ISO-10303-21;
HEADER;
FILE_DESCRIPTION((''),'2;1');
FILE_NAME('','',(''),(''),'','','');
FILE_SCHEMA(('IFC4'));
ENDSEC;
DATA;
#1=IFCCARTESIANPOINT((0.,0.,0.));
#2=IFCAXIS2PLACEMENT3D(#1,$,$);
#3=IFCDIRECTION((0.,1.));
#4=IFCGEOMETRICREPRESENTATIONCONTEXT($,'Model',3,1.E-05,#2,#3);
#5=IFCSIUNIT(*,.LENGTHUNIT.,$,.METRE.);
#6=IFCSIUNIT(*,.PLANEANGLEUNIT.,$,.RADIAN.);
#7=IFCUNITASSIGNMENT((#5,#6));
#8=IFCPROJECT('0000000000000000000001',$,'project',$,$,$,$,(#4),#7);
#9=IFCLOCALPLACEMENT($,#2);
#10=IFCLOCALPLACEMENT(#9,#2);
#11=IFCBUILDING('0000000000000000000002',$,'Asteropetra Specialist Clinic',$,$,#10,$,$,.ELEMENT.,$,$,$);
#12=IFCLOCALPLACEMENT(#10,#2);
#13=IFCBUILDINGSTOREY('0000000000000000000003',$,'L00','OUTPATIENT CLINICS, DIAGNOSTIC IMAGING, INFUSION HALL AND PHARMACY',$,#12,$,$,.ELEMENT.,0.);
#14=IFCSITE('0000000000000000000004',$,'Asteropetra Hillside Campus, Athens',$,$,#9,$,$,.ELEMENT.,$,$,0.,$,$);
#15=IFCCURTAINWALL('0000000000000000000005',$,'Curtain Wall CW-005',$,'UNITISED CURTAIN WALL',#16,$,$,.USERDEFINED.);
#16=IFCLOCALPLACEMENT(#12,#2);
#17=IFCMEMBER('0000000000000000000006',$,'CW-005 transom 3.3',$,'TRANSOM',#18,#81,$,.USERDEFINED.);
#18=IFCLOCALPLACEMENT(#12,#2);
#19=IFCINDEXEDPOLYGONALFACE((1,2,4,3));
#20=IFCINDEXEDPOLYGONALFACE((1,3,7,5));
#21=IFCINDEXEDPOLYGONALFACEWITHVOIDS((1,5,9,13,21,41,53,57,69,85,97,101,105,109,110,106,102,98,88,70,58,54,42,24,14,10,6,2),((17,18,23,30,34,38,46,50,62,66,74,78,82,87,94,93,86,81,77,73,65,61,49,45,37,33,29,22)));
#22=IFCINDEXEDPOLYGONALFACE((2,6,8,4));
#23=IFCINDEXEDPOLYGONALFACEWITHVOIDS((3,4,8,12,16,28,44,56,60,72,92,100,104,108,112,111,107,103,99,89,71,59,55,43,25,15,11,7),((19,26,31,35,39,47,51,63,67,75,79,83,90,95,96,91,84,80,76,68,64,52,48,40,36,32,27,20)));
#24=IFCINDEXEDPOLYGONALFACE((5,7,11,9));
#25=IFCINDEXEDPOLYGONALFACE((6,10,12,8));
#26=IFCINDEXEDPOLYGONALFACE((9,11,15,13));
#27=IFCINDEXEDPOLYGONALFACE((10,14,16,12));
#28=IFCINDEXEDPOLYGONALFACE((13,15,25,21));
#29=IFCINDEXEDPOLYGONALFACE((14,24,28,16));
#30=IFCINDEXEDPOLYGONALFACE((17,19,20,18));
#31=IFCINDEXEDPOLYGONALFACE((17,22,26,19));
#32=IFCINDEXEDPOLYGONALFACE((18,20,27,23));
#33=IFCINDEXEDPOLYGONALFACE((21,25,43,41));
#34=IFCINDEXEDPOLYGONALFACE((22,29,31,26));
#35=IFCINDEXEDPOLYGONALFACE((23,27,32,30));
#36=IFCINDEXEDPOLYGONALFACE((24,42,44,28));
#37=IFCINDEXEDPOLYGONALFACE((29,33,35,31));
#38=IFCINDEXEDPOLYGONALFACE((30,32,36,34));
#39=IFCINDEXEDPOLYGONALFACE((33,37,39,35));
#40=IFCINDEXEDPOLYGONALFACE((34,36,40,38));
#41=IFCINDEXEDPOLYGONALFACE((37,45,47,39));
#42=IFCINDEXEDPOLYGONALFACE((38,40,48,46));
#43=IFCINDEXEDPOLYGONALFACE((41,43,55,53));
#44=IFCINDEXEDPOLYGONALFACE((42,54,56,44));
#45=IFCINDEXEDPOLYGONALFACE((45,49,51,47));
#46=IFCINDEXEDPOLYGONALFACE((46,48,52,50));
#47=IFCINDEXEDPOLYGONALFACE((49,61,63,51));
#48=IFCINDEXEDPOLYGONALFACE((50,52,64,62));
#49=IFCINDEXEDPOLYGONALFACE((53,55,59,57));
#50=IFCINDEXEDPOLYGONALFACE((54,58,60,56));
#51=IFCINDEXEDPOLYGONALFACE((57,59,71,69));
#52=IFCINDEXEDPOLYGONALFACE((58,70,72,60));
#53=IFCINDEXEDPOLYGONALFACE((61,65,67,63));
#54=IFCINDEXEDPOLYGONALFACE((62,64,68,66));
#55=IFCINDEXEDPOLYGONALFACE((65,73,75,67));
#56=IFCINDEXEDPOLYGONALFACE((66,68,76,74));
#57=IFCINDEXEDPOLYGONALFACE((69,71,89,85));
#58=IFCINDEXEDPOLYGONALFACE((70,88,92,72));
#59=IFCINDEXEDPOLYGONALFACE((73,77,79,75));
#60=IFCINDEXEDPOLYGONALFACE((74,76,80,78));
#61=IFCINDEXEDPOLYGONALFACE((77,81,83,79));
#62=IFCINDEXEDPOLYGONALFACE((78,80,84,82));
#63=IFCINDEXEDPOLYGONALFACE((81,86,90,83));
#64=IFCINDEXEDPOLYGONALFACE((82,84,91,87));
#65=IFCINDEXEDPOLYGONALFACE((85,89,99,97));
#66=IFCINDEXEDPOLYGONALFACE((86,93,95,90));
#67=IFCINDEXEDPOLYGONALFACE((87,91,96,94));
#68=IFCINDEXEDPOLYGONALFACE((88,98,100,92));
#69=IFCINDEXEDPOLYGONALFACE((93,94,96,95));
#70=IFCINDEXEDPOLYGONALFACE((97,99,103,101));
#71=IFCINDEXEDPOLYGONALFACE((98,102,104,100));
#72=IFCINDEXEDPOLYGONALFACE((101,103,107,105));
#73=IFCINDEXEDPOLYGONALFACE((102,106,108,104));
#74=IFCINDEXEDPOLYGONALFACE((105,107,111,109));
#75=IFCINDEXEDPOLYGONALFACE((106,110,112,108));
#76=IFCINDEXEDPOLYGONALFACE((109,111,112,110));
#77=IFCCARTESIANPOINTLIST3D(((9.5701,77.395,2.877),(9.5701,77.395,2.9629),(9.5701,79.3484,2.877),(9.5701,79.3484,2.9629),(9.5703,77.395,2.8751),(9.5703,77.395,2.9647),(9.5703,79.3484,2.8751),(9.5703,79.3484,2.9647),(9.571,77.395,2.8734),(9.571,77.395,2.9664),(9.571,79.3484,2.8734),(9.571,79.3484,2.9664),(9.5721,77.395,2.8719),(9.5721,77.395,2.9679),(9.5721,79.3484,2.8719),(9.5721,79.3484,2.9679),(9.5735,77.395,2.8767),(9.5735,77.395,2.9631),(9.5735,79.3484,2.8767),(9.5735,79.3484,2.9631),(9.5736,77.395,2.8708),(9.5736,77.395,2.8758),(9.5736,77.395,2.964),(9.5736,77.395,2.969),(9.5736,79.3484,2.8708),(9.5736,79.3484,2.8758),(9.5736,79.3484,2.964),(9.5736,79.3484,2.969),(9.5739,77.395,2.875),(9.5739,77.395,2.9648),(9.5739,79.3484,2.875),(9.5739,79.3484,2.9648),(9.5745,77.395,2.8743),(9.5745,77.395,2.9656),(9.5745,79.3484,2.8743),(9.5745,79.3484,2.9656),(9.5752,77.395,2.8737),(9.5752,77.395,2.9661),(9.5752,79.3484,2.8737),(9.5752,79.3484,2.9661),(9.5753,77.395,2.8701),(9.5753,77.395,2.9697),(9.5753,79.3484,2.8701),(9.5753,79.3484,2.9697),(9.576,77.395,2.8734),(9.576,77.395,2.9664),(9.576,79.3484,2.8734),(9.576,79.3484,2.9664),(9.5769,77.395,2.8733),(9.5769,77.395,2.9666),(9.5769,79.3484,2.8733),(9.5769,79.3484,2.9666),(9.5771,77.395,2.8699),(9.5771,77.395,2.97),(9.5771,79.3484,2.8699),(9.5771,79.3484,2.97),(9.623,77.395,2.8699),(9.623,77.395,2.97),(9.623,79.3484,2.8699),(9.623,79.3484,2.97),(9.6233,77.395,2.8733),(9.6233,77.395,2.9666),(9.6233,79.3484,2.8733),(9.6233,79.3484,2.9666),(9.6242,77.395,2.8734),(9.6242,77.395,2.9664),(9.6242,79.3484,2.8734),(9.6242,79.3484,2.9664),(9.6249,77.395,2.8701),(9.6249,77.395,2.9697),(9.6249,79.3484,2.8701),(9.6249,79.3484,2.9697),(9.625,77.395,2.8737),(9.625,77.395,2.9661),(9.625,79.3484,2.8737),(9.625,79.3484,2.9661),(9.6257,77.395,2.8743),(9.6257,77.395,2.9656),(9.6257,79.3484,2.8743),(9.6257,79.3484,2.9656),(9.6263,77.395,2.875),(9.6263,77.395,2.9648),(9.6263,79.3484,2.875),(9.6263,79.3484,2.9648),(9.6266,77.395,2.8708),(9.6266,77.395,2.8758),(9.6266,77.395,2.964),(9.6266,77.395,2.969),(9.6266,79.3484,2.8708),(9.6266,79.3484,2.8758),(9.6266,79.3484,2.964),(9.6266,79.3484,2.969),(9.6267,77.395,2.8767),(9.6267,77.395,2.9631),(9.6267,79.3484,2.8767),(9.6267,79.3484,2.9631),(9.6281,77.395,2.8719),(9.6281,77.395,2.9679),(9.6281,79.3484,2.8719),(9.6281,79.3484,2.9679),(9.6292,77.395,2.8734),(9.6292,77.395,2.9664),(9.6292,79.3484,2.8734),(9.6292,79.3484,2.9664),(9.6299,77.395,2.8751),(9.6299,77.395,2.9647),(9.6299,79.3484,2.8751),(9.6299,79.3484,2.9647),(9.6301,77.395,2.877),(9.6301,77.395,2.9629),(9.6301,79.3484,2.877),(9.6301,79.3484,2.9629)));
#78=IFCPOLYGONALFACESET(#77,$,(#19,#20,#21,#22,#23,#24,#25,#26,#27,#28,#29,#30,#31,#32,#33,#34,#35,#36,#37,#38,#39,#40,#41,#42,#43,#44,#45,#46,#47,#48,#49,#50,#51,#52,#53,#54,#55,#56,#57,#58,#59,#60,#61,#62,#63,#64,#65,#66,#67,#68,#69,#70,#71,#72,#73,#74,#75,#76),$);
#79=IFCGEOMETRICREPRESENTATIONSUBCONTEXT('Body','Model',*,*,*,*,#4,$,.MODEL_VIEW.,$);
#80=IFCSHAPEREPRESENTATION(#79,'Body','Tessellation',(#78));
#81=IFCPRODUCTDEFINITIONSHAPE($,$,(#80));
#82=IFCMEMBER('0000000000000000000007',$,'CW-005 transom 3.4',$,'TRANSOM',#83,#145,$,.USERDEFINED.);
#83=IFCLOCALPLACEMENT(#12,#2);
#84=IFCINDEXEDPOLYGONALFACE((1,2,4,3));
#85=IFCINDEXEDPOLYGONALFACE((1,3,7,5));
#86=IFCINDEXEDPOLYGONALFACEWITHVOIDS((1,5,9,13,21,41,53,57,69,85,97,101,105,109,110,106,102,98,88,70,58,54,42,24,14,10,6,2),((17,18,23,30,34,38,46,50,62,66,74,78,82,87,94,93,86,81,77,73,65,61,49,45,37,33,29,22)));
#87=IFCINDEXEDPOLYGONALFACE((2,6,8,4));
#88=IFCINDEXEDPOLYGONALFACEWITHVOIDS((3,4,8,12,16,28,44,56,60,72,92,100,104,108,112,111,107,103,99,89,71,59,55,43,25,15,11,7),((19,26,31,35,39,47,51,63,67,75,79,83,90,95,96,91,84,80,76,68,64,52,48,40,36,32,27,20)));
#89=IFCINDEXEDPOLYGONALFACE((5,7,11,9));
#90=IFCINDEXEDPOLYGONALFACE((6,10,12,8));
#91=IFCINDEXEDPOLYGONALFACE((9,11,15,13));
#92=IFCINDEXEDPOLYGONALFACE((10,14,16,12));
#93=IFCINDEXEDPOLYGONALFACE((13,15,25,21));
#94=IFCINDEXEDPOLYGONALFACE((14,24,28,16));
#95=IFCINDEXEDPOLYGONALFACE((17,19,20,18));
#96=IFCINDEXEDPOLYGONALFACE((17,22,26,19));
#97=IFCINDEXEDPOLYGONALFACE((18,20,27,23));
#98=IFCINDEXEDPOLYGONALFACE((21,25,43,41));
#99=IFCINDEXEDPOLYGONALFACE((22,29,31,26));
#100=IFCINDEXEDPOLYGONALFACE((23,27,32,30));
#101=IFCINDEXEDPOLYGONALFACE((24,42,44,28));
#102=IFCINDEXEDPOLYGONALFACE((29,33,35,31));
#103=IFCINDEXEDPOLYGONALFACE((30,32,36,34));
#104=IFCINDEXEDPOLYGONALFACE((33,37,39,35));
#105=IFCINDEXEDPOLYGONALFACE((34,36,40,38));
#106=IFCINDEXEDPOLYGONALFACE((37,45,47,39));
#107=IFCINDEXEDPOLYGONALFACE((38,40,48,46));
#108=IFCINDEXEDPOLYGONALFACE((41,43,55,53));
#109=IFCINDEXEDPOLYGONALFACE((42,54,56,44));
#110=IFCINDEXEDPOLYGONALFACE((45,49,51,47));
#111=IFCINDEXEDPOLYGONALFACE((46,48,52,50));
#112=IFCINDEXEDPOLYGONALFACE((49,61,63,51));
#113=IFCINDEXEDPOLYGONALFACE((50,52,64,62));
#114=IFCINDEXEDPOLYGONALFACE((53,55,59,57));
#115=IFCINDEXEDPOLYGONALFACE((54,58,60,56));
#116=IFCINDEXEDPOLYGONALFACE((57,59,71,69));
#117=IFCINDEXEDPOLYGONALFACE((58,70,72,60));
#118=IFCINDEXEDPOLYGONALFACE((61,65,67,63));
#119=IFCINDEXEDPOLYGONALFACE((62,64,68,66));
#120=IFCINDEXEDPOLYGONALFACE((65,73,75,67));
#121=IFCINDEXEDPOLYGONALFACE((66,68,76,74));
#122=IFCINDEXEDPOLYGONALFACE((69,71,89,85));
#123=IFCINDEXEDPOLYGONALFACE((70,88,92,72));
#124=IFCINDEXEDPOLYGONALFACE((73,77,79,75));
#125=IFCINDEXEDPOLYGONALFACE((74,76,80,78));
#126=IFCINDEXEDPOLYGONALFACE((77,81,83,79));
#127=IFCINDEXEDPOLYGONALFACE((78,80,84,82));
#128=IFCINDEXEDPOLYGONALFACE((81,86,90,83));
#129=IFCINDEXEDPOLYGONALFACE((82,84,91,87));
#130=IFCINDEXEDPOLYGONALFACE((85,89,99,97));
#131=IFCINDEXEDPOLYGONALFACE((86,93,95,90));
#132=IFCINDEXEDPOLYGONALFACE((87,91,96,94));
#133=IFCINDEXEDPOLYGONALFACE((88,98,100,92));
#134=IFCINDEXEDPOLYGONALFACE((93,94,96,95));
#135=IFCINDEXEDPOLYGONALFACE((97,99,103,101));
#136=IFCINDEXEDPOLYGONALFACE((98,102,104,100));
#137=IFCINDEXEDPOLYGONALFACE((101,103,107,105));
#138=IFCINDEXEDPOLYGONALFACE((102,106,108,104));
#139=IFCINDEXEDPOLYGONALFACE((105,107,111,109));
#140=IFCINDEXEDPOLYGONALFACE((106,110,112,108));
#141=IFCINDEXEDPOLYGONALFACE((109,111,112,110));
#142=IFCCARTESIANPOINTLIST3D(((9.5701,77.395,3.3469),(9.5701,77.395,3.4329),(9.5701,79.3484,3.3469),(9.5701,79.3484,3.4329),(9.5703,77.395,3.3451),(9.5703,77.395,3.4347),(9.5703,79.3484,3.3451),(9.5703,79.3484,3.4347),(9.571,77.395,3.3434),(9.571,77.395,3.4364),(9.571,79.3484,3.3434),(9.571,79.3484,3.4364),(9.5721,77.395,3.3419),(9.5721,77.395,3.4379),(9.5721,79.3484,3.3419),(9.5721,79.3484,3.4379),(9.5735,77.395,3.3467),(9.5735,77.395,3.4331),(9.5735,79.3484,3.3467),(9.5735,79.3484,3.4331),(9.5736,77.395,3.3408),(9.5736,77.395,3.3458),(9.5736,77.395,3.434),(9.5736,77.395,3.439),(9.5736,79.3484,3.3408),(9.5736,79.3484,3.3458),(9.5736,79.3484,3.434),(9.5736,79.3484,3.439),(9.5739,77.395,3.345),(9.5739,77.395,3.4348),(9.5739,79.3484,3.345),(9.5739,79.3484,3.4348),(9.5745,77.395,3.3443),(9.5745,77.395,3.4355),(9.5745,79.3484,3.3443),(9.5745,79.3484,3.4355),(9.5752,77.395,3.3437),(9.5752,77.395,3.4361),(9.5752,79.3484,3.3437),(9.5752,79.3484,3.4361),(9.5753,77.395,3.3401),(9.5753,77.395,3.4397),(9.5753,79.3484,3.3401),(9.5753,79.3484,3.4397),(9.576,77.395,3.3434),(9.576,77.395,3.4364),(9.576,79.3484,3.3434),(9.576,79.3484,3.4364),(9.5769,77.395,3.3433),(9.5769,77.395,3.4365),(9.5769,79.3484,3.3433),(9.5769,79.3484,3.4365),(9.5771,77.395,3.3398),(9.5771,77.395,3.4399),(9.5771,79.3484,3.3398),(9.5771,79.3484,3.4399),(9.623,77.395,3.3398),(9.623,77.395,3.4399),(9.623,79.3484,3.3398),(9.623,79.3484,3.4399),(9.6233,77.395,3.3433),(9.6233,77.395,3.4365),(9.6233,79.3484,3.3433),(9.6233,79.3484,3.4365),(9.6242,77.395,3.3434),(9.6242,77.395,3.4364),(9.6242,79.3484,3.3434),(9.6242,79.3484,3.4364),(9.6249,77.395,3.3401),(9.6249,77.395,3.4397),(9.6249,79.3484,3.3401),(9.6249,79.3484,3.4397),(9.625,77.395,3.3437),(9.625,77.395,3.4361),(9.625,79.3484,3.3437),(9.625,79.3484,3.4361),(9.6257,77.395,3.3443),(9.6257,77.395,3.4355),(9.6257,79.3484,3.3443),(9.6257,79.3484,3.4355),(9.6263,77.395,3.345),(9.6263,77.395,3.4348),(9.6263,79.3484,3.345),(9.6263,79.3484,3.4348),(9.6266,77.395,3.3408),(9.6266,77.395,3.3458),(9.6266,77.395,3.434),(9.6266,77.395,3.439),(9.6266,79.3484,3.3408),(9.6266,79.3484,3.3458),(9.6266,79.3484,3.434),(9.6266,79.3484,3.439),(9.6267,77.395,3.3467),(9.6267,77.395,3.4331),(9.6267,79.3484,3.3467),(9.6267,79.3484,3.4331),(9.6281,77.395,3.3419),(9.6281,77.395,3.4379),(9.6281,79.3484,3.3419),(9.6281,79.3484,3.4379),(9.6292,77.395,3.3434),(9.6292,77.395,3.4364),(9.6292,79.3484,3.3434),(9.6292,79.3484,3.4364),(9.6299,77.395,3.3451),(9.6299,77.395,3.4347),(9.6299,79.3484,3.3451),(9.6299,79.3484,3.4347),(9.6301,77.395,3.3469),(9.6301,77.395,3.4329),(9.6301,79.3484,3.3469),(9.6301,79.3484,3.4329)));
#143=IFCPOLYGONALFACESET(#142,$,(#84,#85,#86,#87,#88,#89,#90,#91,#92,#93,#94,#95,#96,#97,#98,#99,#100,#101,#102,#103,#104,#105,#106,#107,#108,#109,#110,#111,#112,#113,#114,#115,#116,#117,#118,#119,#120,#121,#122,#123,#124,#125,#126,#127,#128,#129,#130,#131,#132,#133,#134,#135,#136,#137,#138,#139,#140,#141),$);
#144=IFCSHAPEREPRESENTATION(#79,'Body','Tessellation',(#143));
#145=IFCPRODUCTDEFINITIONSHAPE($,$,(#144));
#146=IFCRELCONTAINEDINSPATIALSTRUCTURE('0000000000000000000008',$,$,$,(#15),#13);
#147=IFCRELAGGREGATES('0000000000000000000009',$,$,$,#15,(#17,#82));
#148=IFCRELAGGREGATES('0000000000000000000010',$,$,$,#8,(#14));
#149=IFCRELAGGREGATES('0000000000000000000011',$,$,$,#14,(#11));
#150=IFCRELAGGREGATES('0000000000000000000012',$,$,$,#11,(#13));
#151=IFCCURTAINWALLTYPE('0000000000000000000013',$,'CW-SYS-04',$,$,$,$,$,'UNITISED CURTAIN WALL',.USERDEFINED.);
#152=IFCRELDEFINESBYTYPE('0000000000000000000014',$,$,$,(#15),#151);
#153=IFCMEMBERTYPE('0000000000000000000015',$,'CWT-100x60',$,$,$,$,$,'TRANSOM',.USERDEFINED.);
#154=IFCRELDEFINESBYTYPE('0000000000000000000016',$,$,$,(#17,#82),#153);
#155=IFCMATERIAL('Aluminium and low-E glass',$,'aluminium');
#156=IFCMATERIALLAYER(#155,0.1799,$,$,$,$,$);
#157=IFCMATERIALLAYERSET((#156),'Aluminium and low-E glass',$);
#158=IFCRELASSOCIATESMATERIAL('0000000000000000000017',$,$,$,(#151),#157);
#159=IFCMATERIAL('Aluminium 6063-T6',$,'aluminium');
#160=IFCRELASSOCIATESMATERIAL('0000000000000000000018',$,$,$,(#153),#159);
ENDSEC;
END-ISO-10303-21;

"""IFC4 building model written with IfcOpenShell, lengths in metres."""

from ifc_helpers import new_model, si_unit, direction, frame, origin, origin_2d, place, context, subcontext, project, spatial, hollow_rectangle, extrude, material, layer, layer_set, material_profile, profile_set, type_object, element, aggregate, save


model = new_model("IFC4")

# Units and contexts
model_context = context("Model", 3, precision=1e-05, world=origin(), true_north=direction((0.0, 1.0)))
body_context = subcontext(model_context, "Body", "Model", "MODEL_VIEW")
ifc_project = project(units=[si_unit("LENGTHUNIT", "METRE"), si_unit("PLANEANGLEUNIT", "RADIAN")], contexts=[model_context])

# Site, building, storey
site_placement = place(None, origin())
site = spatial("IfcSite", under=ifc_project, at=site_placement, Name="Asteropetra Hillside Campus, Athens", CompositionType="ELEMENT", RefElevation=0.0)
building_placement = place(site_placement, origin())
building = spatial("IfcBuilding", under=site, at=building_placement, Name="Asteropetra Specialist Clinic", CompositionType="ELEMENT")
storey_placement = place(building_placement, origin())
storey = spatial("IfcBuildingStorey", under=building, at=storey_placement, Name="L00", Description="OUTPATIENT CLINICS, DIAGNOSTIC IMAGING, INFUSION HALL AND PHARMACY", CompositionType="ELEMENT", Elevation=0.0)

# Curtain wall
ifc_material_1 = material(Name="Aluminium and low-E glass", Category="aluminium")
ifc_layer_1 = layer(ifc_material_1, 0.1799)
ifc_layer_set_1 = layer_set([ifc_layer_1], Name="Aluminium and low-E glass")
curtain_wall_type_1 = type_object("IfcCurtainWallType", Name="CW-SYS-04", ElementType="UNITISED CURTAIN WALL", PredefinedType="USERDEFINED", material=ifc_layer_set_1)
curtain_wall_1_placement = place(storey_placement, origin())
curtain_wall_1 = element("IfcCurtainWall", 1, at=curtain_wall_1_placement, inside=storey, type_object=curtain_wall_type_1, Name="Curtain Wall CW-005", ObjectType="UNITISED CURTAIN WALL", PredefinedType="USERDEFINED")

# Members
ifc_material_2 = material(Name="Aluminium 6063-T6", Category="aluminium")
ifc_material_profile_1 = material_profile(ifc_material_2, hollow_rectangle(XDim=0.0601, YDim=0.1001, WallThickness=0.0034, InnerFilletRadius=0.0034, OuterFilletRadius=0.0071, at=origin_2d()), Name="TRN 100x60x3.5")
ifc_profile_set_1 = profile_set([ifc_material_profile_1], Name="Aluminium 6063-T6")
member_type_1 = type_object("IfcMemberType", Name="CWT-100x60", ElementType="TRANSOM", PredefinedType="USERDEFINED", material=ifc_profile_set_1)
member_1_placement = place(storey_placement, frame((9.6001, 79.3484, 2.9199), z_axis=(0.0, -1.0, 0.0), x_axis=(1.0, 0.0, 0.0)))
member_1 = element("IfcMember", 2, at=member_1_placement, type_object=member_type_1, Name="CW-005 transom 3.3", ObjectType="TRANSOM", PredefinedType="USERDEFINED", context=body_context, shape_type="SweptSolid", body=[
    extrude(hollow_rectangle(XDim=0.0601, YDim=0.1001, WallThickness=0.0034, InnerFilletRadius=0.0034, OuterFilletRadius=0.0071, at=origin_2d()), origin(), (0.0, 0.0, 1.0), 1.9534),
])
member_2_placement = place(storey_placement, frame((9.6001, 79.3484, 3.3899), z_axis=(0.0, -1.0, 0.0), x_axis=(1.0, 0.0, 0.0)))
member_2 = element("IfcMember", 3, at=member_2_placement, type_object=member_type_1, Name="CW-005 transom 3.4", ObjectType="TRANSOM", PredefinedType="USERDEFINED", context=body_context, shape_type="SweptSolid", body=[
    extrude(hollow_rectangle(XDim=0.0601, YDim=0.1001, WallThickness=0.0034, InnerFilletRadius=0.0034, OuterFilletRadius=0.0071, at=origin_2d()), origin(), (0.0, 0.0, 1.0), 1.9534),
])

aggregate(curtain_wall_1, [member_1, member_2])

save(model, "model.ifc")
